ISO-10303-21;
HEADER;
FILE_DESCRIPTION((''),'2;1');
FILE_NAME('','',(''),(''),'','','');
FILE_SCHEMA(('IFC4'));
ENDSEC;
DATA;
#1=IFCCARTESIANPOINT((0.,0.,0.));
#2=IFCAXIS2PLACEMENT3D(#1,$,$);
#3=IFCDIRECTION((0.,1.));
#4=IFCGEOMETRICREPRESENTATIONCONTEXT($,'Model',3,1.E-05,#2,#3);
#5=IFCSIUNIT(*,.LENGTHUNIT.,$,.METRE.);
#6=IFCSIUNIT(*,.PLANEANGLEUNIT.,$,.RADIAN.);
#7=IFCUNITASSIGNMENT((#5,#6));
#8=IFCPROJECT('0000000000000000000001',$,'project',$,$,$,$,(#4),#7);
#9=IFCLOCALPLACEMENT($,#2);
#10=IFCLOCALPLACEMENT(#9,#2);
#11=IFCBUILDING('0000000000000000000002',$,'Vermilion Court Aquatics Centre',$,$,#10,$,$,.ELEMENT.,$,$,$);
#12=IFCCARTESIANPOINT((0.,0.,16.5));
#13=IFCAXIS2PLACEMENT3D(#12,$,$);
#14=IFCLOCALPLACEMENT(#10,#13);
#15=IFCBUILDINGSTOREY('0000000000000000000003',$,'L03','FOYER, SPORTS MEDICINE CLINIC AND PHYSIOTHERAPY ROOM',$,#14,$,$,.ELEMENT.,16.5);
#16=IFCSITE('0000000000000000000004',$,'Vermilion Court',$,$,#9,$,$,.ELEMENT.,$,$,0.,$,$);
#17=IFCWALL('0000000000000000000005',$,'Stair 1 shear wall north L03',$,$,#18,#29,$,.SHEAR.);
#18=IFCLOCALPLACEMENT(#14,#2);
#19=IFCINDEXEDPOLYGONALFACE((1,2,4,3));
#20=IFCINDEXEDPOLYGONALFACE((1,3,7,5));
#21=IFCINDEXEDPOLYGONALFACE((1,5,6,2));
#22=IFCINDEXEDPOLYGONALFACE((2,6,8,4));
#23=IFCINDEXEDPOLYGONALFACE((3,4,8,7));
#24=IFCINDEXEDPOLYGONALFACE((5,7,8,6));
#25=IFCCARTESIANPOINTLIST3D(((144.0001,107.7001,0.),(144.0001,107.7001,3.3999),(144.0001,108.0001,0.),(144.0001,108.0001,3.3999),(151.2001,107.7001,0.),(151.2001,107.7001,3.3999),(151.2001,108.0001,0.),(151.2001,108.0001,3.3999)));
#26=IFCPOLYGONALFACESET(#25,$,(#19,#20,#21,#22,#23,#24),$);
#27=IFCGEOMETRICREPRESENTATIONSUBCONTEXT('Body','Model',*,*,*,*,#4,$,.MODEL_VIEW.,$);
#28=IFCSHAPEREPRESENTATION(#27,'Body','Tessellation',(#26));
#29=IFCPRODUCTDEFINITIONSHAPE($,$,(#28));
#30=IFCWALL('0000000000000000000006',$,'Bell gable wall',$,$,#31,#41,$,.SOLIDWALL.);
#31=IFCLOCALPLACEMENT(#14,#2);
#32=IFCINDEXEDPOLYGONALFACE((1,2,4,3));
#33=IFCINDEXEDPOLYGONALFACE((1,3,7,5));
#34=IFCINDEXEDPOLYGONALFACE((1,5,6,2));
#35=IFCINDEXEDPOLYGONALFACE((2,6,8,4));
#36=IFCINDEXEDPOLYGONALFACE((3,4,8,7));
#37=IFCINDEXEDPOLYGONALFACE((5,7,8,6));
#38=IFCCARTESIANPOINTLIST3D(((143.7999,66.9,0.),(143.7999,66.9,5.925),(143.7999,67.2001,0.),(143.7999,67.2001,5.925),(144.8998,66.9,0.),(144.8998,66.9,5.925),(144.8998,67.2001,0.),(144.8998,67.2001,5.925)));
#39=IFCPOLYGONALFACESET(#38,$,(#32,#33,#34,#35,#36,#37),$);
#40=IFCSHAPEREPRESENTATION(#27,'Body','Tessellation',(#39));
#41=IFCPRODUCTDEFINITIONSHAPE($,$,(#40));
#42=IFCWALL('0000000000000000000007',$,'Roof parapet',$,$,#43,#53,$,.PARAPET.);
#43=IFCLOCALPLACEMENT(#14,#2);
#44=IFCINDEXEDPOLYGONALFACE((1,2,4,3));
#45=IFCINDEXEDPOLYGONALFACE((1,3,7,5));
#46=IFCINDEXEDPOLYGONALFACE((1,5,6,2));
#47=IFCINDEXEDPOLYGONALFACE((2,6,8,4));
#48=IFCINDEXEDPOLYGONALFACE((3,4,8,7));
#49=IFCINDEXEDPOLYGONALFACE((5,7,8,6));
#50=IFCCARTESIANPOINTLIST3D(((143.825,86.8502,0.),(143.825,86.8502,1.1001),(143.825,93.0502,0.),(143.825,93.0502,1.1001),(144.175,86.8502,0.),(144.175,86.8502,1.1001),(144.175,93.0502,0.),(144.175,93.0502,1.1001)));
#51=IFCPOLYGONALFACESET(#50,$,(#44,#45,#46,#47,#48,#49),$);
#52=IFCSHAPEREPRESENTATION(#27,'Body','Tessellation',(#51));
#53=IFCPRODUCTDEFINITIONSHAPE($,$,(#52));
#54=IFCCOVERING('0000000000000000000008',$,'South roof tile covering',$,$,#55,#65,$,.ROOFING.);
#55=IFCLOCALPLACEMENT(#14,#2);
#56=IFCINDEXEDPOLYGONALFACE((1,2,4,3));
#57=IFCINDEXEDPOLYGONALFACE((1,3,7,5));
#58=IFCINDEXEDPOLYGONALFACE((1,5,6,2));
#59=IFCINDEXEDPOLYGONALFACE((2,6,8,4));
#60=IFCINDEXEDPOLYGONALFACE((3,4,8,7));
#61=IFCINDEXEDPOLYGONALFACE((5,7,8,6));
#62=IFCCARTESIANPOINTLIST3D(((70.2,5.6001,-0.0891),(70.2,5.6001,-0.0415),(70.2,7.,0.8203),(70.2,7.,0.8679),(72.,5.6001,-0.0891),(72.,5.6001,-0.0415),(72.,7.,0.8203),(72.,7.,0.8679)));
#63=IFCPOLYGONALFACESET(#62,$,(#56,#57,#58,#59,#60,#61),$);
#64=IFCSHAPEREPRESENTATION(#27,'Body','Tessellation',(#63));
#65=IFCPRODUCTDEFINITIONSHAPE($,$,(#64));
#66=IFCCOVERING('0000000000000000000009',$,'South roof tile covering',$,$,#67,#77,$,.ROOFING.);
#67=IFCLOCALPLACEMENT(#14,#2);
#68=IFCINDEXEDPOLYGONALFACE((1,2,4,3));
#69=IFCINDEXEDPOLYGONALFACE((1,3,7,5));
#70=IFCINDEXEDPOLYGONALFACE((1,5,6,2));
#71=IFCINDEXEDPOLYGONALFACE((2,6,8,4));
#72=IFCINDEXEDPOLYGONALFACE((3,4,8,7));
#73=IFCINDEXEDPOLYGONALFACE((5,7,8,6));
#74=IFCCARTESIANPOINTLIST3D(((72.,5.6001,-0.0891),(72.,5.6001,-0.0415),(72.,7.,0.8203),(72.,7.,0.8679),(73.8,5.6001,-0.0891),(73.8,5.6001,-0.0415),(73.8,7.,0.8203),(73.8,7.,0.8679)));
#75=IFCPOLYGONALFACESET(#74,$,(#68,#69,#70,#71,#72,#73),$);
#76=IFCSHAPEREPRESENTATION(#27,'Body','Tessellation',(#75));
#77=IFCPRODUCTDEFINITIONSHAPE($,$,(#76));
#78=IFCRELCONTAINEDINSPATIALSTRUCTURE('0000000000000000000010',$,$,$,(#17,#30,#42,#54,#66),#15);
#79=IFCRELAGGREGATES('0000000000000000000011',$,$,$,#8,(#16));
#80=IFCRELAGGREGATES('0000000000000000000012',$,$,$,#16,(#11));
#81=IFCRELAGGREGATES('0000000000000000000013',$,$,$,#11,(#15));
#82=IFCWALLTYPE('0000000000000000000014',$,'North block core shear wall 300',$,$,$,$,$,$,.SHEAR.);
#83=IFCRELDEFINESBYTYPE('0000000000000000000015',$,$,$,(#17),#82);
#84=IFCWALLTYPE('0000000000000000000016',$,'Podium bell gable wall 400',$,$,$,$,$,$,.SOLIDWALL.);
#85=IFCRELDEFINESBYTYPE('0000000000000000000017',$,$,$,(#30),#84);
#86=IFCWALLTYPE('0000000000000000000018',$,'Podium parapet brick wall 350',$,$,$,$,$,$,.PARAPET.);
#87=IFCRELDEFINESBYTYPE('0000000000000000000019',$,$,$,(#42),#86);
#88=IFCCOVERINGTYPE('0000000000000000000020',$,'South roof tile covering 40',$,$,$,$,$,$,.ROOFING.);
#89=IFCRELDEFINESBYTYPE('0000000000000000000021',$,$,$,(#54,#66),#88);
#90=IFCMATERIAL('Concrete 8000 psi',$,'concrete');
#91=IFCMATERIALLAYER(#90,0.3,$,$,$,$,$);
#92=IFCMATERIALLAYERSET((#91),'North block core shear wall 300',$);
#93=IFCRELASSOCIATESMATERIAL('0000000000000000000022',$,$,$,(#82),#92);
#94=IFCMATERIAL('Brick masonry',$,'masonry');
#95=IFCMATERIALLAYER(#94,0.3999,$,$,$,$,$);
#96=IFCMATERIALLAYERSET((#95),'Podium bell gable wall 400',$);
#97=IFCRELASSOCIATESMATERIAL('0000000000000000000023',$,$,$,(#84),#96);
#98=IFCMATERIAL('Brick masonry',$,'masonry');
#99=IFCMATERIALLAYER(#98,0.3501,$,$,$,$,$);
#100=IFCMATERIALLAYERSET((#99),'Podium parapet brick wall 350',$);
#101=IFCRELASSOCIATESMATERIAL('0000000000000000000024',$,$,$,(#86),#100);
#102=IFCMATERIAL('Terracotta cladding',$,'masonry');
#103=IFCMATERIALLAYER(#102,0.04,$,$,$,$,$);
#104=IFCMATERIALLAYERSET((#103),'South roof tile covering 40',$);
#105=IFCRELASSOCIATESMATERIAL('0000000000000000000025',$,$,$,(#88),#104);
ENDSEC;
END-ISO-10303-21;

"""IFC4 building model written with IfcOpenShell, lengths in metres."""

from ifc_helpers import new_model, si_unit, direction, frame, frame_2d, origin, place, context, subcontext, project, spatial, polyline, rectangle, outline, extrude, material, layer, layer_set, type_object, element, save


model = new_model("IFC4")

# Units and contexts
model_context = context("Model", 3, precision=1e-05, world=origin(), true_north=direction((0.0, 1.0)))
body_context = subcontext(model_context, "Body", "Model", "MODEL_VIEW")
ifc_project = project(units=[si_unit("LENGTHUNIT", "METRE"), si_unit("PLANEANGLEUNIT", "RADIAN")], contexts=[model_context])

# Site, building, storey
site_placement = place(None, origin())
site = spatial("IfcSite", under=ifc_project, at=site_placement, Name="Vermilion Court", CompositionType="ELEMENT", RefElevation=0.0)
building_placement = place(site_placement, origin())
building = spatial("IfcBuilding", under=site, at=building_placement, Name="Vermilion Court Aquatics Centre", CompositionType="ELEMENT")
storey_placement = place(building_placement, frame((0.0, 0.0, 16.5)))
storey = spatial("IfcBuildingStorey", under=building, at=storey_placement, Name="L03", Description="FOYER, SPORTS MEDICINE CLINIC AND PHYSIOTHERAPY ROOM", CompositionType="ELEMENT", Elevation=16.5)

# Walls
ifc_material_1 = material(Name="Concrete 8000 psi", Category="concrete")
ifc_layer_1 = layer(ifc_material_1, 0.3)
ifc_layer_set_1 = layer_set([ifc_layer_1], Name="North block core shear wall 300")
wall_type_1 = type_object("IfcWallType", Name="North block core shear wall 300", PredefinedType="SHEAR", material=ifc_layer_set_1)
for number, where, z_axis, x_axis, name in (
    (1, (144.0, 107.8501, 0.0), (0.0, 0.0, 1.0), (1.0, 0.0, 0.0), "Stair 1 shear wall north L03"),
):
    element("IfcWall", number, at=place(storey_placement, frame(where, z_axis=z_axis, x_axis=x_axis)), inside=storey, type_object=wall_type_1, Name=name, PredefinedType="SHEAR", context=body_context, shape_type="SweptSolid", body=[
        extrude(rectangle(XDim=7.2, YDim=0.3, at=frame_2d((3.6001, 0.0))), origin(), (0.0, 0.0, 1.0), 3.3999),
    ])
ifc_material_2 = material(Name="Brick masonry", Category="masonry")
ifc_layer_2 = layer(ifc_material_2, 0.3999)
ifc_layer_set_2 = layer_set([ifc_layer_2], Name="Podium bell gable wall 400")
wall_type_2 = type_object("IfcWallType", Name="Podium bell gable wall 400", PredefinedType="SOLIDWALL", material=ifc_layer_set_2)
wall_1_placement = place(storey_placement, frame((143.8, 67.05, 0.0), z_axis=(0.0, 0.0, 1.0), x_axis=(1.0, 0.0, 0.0)))
element("IfcWall", 2, at=wall_1_placement, inside=storey, type_object=wall_type_2, Name="Bell gable wall", PredefinedType="SOLIDWALL", context=body_context, shape_type="SweptSolid", body=[
    extrude(rectangle(XDim=1.0999, YDim=0.3, at=frame_2d((0.5498, 0.0))), origin(), (0.0, 0.0, 1.0), 5.925),
])
ifc_material_3 = material(Name="Brick masonry", Category="masonry")
ifc_layer_3 = layer(ifc_material_3, 0.3501)
ifc_layer_set_3 = layer_set([ifc_layer_3], Name="Podium parapet brick wall 350")
wall_type_3 = type_object("IfcWallType", Name="Podium parapet brick wall 350", PredefinedType="PARAPET", material=ifc_layer_set_3)
wall_2_placement = place(storey_placement, frame((144.0, 86.8501, 0.0), z_axis=(0.0, 0.0, 1.0), x_axis=(0.0, 1.0, 0.0)))
element("IfcWall", 3, at=wall_2_placement, inside=storey, type_object=wall_type_3, Name="Roof parapet", PredefinedType="PARAPET", context=body_context, shape_type="SweptSolid", body=[
    extrude(rectangle(XDim=6.2, YDim=0.3501, at=frame_2d((3.1001, 0.0))), origin(), (0.0, 0.0, 1.0), 1.1001),
])

# Coverings
ifc_material_4 = material(Name="Terracotta cladding", Category="masonry")
ifc_layer_4 = layer(ifc_material_4, 0.04)
ifc_layer_set_4 = layer_set([ifc_layer_4], Name="South roof tile covering 40")
covering_type = type_object("IfcCoveringType", Name="South roof tile covering 40", PredefinedType="ROOFING", material=ifc_layer_set_4)
for number, where, z_axis, x_axis, name in (
    (4, (70.2, 7.0, 0.8679), (0.0, -0.544772, 0.838584), (1.0, 0.0, 0.0), "South roof tile covering"),
    (5, (72.0, 7.0, 0.8679), (0.0, -0.544772, 0.838584), (1.0, 0.0, 0.0), "South roof tile covering"),
):
    element("IfcCovering", number, at=place(storey_placement, frame(where, z_axis=z_axis, x_axis=x_axis)), inside=storey, type_object=covering_type, Name=name, PredefinedType="ROOFING", context=body_context, shape_type="SweptSolid", body=[
        extrude(outline(polyline([(0.0, 0.0), (1.8, 0.0), (1.8, -1.6694), (0.0, -1.6694), (0.0, 0.0)])), origin(), (0.0, -0.544772, -0.838584), 0.0476),
    ])

save(model, "model.ifc")
